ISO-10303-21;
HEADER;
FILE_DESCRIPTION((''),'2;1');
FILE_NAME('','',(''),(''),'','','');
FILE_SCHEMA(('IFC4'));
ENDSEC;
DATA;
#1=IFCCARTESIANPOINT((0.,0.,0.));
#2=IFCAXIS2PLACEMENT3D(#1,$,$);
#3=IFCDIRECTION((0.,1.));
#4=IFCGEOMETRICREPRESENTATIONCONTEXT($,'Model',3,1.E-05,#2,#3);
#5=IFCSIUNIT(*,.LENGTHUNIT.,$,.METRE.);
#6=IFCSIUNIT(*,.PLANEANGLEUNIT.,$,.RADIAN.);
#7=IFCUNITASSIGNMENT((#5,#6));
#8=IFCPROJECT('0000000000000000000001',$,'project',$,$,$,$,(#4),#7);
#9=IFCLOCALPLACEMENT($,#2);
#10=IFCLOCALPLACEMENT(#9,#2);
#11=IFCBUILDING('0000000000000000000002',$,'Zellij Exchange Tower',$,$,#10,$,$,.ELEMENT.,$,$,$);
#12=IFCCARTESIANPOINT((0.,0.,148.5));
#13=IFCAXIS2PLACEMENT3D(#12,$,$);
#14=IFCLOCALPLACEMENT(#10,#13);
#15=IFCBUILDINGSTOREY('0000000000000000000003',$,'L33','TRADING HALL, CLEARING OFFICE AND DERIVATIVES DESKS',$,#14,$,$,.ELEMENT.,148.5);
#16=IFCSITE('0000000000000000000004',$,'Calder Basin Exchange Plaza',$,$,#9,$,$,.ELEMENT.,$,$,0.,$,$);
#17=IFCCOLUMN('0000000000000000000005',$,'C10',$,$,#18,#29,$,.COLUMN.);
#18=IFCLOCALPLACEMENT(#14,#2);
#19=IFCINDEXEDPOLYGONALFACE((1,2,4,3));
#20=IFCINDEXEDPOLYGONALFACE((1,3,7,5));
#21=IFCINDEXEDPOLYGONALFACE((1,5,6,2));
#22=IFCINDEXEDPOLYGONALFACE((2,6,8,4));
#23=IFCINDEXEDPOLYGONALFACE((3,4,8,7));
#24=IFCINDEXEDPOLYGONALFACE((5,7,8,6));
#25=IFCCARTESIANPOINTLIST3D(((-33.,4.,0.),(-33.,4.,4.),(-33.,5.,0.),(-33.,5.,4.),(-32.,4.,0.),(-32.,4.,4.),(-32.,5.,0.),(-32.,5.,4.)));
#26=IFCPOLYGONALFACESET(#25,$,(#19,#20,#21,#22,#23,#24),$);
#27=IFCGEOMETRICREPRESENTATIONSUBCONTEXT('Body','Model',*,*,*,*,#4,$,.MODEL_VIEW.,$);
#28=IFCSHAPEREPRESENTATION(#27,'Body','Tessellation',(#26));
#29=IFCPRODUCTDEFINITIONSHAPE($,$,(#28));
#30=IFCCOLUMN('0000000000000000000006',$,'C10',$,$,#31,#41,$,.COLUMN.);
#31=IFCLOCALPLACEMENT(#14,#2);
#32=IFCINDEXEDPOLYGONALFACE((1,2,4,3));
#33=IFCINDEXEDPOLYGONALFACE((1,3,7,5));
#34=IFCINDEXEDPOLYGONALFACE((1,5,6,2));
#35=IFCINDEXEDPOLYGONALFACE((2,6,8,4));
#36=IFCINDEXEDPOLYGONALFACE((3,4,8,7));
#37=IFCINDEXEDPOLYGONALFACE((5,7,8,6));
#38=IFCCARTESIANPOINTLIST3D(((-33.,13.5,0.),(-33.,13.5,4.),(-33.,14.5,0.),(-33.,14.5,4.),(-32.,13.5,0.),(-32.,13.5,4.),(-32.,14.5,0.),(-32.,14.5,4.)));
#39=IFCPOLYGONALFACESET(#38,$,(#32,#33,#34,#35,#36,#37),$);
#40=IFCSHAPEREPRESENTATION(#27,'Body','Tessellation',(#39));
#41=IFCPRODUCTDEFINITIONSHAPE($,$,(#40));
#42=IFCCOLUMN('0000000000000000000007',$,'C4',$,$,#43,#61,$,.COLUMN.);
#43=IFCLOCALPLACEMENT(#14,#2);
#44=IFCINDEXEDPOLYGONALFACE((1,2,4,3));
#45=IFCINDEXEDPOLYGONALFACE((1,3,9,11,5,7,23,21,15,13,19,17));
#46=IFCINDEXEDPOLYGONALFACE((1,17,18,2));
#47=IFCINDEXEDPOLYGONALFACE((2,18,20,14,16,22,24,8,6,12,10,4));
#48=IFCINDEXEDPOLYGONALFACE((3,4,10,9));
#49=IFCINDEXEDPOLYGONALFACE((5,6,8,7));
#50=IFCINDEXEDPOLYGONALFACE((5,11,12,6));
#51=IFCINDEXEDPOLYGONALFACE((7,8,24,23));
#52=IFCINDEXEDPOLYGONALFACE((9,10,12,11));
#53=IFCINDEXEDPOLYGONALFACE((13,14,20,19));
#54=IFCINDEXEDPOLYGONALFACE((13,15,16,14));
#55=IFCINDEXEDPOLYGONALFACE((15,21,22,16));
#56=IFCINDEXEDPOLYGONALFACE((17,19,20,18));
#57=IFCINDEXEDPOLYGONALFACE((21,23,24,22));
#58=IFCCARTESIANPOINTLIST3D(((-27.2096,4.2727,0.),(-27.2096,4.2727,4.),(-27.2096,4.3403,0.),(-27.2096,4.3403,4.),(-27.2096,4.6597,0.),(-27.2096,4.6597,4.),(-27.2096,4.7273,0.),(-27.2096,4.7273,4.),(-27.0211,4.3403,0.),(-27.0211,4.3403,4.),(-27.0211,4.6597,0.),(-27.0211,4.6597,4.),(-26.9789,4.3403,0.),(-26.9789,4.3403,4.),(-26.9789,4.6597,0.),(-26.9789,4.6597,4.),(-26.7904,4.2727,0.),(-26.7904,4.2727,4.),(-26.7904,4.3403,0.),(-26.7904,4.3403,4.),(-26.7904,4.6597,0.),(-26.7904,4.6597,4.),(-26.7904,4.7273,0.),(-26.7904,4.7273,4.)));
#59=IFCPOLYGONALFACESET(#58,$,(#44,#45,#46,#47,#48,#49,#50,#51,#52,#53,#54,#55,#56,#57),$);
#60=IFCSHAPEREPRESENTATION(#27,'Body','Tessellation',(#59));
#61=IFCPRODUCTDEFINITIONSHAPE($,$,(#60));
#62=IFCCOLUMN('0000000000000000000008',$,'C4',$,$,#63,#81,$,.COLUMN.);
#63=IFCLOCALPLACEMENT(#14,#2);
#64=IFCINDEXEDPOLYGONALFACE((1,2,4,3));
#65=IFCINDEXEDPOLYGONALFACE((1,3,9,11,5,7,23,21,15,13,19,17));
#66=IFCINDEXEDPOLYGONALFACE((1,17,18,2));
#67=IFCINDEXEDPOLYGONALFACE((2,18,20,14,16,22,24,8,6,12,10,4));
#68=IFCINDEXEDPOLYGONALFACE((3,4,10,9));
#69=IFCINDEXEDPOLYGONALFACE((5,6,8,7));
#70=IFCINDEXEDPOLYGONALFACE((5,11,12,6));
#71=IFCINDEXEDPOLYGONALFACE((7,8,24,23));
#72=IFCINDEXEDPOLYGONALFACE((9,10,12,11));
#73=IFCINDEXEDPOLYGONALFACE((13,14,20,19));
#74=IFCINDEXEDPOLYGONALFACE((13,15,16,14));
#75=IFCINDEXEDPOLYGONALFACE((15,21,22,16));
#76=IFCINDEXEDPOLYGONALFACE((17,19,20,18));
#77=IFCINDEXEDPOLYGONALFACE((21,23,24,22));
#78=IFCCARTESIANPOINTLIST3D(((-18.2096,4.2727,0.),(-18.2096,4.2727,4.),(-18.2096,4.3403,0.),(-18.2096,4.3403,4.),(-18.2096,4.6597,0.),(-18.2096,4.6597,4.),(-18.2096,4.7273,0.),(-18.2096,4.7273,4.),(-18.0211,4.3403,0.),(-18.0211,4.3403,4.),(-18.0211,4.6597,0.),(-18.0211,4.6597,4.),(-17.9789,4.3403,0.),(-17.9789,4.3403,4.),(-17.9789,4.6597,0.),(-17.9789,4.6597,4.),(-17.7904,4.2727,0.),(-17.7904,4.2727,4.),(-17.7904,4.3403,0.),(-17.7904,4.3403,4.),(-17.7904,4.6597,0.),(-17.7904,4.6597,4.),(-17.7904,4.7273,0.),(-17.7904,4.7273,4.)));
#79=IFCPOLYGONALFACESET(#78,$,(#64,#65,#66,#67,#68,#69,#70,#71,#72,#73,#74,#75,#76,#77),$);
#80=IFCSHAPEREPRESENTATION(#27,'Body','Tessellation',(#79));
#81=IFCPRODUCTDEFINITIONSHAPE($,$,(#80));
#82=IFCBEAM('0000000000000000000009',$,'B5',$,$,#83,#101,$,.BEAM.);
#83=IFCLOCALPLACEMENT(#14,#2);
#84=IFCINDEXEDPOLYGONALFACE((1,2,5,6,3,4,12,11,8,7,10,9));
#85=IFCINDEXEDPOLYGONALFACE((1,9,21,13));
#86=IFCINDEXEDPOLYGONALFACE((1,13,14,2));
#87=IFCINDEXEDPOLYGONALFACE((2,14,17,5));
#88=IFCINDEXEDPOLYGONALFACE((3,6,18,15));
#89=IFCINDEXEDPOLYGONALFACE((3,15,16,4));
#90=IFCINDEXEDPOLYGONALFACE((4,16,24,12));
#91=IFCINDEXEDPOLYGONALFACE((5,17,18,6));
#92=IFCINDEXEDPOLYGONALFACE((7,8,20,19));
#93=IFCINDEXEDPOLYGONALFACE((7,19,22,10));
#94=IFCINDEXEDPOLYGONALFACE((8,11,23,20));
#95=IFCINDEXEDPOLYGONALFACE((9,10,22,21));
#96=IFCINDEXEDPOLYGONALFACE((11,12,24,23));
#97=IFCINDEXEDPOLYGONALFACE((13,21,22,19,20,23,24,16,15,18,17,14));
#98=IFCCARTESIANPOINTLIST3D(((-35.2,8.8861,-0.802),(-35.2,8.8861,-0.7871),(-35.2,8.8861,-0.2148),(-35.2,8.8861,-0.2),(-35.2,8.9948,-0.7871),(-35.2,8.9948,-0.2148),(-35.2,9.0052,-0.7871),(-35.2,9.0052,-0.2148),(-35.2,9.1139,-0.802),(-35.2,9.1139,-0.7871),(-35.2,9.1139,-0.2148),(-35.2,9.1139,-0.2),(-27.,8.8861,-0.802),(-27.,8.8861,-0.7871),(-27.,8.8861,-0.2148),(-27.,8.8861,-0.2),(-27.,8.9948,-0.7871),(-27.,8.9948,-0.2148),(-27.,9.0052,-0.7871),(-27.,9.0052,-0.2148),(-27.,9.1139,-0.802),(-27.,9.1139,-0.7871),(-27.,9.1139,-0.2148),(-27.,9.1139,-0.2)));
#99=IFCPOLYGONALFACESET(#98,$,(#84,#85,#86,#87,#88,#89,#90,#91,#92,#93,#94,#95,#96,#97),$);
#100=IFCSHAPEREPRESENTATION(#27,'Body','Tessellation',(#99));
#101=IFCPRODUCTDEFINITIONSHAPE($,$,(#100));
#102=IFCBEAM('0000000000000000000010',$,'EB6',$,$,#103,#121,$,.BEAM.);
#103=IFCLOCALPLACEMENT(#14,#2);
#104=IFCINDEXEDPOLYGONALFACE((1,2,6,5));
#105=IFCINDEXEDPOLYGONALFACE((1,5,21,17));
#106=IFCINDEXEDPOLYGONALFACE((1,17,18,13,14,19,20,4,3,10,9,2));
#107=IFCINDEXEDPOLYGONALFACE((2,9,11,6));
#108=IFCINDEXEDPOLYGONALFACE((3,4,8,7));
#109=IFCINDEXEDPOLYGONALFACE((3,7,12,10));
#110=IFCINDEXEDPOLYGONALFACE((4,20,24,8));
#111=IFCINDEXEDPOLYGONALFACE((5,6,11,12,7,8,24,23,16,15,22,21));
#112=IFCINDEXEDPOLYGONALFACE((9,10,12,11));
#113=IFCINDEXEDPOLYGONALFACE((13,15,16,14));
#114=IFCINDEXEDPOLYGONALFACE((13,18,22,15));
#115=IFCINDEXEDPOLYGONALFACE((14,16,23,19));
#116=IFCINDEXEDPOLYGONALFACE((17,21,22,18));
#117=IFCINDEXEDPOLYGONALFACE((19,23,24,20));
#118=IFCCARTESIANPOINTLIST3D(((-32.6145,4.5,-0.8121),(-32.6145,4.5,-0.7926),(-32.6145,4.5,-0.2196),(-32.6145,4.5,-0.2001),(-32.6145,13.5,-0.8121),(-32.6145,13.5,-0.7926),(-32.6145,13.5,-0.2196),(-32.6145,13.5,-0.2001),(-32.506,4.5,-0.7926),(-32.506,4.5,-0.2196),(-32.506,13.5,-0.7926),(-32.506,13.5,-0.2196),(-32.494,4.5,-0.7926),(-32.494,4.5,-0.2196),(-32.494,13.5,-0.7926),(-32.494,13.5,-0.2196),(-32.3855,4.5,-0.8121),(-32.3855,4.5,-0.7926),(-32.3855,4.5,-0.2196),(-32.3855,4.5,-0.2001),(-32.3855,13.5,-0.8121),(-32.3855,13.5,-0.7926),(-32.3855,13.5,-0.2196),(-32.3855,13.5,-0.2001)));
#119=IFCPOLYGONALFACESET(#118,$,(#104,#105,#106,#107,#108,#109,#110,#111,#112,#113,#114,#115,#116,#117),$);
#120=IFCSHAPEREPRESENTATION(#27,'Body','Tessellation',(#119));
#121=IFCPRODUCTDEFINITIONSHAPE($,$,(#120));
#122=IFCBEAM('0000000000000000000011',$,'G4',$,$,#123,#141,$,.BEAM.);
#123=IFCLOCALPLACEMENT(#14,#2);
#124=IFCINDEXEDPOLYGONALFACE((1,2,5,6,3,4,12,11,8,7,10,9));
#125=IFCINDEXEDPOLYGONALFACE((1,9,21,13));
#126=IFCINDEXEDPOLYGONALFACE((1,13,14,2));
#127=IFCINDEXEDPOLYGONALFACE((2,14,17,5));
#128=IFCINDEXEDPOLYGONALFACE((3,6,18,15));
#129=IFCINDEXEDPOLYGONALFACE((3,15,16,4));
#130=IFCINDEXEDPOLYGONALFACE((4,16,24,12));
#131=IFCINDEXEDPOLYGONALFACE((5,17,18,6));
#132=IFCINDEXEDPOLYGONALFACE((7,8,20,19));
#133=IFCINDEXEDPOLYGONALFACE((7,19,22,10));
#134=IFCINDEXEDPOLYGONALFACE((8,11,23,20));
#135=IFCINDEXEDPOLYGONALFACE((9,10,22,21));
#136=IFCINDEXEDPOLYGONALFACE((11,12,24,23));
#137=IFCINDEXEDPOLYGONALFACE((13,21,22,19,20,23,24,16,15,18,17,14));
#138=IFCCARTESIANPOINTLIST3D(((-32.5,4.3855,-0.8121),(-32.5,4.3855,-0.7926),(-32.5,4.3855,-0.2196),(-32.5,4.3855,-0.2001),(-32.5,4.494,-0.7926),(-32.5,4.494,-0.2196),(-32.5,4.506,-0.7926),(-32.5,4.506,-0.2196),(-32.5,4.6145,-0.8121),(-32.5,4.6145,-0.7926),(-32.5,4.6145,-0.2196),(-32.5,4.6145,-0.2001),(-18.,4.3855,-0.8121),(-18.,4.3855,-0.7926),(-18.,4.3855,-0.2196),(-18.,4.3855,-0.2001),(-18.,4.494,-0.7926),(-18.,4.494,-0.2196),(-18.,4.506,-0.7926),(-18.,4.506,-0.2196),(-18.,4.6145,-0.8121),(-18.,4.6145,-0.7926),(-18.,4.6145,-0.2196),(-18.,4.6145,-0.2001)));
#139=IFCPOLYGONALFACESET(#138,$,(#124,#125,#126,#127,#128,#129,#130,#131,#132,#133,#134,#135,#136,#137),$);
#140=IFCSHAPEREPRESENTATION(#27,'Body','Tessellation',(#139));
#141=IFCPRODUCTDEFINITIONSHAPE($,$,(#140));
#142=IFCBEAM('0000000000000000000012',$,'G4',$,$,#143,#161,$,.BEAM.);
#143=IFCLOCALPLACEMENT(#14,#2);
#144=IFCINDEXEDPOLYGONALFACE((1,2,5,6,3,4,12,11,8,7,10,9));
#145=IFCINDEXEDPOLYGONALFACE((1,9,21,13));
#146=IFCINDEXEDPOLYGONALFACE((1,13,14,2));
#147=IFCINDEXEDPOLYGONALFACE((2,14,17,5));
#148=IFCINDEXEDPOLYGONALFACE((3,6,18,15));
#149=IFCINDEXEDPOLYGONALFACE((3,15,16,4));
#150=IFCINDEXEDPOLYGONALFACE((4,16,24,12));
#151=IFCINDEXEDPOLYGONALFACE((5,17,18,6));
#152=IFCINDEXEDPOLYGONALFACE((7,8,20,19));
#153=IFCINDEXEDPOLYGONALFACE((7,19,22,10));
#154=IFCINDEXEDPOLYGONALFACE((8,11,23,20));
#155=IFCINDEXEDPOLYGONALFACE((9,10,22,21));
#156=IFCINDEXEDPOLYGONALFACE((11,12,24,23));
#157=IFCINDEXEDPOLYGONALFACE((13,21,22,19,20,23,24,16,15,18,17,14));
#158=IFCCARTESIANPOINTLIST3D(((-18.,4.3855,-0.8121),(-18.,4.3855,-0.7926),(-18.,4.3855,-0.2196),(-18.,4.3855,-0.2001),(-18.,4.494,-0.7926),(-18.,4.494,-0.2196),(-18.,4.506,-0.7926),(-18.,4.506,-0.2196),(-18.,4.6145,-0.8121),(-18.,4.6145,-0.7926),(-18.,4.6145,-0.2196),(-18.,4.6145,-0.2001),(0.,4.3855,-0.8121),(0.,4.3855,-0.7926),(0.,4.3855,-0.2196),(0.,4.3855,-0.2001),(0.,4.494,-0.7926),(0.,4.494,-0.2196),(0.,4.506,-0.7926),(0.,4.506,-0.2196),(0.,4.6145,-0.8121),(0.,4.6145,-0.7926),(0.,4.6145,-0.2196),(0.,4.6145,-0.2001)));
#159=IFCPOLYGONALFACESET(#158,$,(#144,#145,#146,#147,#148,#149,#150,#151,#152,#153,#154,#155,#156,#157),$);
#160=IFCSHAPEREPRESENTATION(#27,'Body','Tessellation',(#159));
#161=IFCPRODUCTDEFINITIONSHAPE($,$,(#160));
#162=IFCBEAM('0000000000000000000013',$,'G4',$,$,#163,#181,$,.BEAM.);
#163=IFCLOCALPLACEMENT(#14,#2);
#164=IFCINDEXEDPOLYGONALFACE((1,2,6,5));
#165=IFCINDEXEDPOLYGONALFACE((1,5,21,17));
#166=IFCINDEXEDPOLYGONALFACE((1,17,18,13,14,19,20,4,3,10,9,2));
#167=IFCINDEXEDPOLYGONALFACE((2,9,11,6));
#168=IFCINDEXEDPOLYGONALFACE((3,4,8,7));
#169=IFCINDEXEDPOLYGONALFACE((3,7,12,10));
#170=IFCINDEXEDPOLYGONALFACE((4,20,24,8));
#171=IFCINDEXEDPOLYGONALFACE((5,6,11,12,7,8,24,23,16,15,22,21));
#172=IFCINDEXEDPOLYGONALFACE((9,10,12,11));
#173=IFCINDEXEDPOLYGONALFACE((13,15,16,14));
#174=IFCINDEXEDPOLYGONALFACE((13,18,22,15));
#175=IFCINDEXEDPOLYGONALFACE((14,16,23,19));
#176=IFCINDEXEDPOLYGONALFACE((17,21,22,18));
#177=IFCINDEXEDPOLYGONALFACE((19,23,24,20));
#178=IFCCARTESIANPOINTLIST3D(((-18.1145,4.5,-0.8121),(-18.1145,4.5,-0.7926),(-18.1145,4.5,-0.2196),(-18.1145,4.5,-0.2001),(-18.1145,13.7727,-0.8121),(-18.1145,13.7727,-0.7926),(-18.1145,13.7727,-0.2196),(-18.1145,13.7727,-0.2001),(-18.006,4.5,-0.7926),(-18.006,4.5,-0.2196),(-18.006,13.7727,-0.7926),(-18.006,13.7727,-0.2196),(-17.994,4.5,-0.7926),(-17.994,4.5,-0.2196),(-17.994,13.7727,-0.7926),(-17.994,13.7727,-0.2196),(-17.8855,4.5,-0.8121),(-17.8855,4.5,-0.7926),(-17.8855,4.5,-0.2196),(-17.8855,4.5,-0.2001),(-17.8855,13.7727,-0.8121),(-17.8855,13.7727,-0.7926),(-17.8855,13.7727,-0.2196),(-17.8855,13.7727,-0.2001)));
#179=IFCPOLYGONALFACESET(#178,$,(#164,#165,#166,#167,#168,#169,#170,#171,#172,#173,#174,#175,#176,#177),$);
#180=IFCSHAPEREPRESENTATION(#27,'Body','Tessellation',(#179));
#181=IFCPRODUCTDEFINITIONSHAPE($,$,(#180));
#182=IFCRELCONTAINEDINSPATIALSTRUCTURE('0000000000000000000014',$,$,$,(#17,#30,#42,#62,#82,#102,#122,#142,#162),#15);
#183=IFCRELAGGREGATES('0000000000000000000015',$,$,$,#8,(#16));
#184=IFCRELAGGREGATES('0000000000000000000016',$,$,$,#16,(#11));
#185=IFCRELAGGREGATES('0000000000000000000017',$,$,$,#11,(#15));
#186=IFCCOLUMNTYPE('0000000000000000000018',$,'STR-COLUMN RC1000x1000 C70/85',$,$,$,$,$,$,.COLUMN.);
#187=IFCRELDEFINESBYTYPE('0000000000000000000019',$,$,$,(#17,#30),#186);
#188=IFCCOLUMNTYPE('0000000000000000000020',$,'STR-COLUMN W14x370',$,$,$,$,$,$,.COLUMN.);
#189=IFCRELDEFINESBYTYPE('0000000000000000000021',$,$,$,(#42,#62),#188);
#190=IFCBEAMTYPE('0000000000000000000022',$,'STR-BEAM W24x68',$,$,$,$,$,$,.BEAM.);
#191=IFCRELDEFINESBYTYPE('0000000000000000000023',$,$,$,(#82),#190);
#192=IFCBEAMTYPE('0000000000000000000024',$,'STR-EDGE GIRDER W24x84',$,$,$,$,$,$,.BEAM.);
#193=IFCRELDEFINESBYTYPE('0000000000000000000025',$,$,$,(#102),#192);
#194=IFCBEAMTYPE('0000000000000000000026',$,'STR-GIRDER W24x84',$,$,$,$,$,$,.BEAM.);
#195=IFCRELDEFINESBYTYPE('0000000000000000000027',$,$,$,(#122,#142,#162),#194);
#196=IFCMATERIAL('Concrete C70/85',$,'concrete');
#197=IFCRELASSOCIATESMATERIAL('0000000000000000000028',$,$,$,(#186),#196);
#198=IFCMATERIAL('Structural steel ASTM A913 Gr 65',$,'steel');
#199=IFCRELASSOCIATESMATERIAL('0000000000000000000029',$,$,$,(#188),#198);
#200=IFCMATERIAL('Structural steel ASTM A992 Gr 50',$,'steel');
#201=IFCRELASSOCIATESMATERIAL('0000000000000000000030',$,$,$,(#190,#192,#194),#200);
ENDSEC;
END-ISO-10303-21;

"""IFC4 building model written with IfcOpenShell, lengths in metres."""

from ifc_helpers import new_model, si_unit, direction, frame, origin, origin_2d, place, context, subcontext, project, spatial, rectangle, i_section, extrude, material, material_profile, profile_set, type_object, element, save


model = new_model("IFC4")

# Units and contexts
model_context = context("Model", 3, precision=1e-05, world=origin(), true_north=direction((0.0, 1.0)))
body_context = subcontext(model_context, "Body", "Model", "MODEL_VIEW")
ifc_project = project(units=[si_unit("LENGTHUNIT", "METRE"), si_unit("PLANEANGLEUNIT", "RADIAN")], contexts=[model_context])

# Site, building, storey
site_placement = place(None, origin())
site = spatial("IfcSite", under=ifc_project, at=site_placement, Name="Calder Basin Exchange Plaza", CompositionType="ELEMENT", RefElevation=0.0)
building_placement = place(site_placement, origin())
building = spatial("IfcBuilding", under=site, at=building_placement, Name="Zellij Exchange Tower", CompositionType="ELEMENT")
storey_placement = place(building_placement, frame((0.0, 0.0, 148.5)))
storey = spatial("IfcBuildingStorey", under=building, at=storey_placement, Name="L33", Description="TRADING HALL, CLEARING OFFICE AND DERIVATIVES DESKS", CompositionType="ELEMENT", Elevation=148.5)

# Columns
ifc_material_1 = material(Name="Concrete C70/85", Category="concrete")
ifc_material_profile_1 = material_profile(ifc_material_1, rectangle(XDim=1.0, YDim=1.0, at=origin_2d()), Name="STR-COLUMN RC1000x1000 C70/85")
ifc_profile_set_1 = profile_set([ifc_material_profile_1], Name="Concrete C70/85")
column_type_1 = type_object("IfcColumnType", Name="STR-COLUMN RC1000x1000 C70/85", PredefinedType="COLUMN", material=ifc_profile_set_1)
for number, where, z_axis, x_axis, name in (
    (1, (-32.5, 4.5, 0.0), (0.0, 0.0, 1.0), (1.0, 0.0, 0.0), "C10"),
    (2, (-32.5, 14.0, 0.0), (0.0, 0.0, 1.0), (1.0, 0.0, 0.0), "C10"),
):
    element("IfcColumn", number, at=place(storey_placement, frame(where, z_axis=z_axis, x_axis=x_axis)), inside=storey, type_object=column_type_1, Name=name, PredefinedType="COLUMN", context=body_context, shape_type="SweptSolid", body=[
        extrude(rectangle(XDim=1.0, YDim=1.0, at=origin_2d()), origin(), (0.0, 0.0, 1.0), 4.0),
    ])
ifc_material_2 = material(Name="Structural steel ASTM A913 Gr 65", Category="steel")
ifc_material_profile_2 = material_profile(ifc_material_2, i_section(OverallWidth=0.4192, OverallDepth=0.4546, WebThickness=0.0422, FlangeThickness=0.0676, at=origin_2d()), Name="W14x370")
ifc_profile_set_2 = profile_set([ifc_material_profile_2], Name="Structural steel ASTM A913 Gr 65")
column_type_2 = type_object("IfcColumnType", Name="STR-COLUMN W14x370", PredefinedType="COLUMN", material=ifc_profile_set_2)
for number, where, z_axis, x_axis, name in (
    (3, (-27.0, 4.5, 0.0), (0.0, 0.0, 1.0), (1.0, 0.0, 0.0), "C4"),
    (4, (-18.0, 4.5, 0.0), (0.0, 0.0, 1.0), (1.0, 0.0, 0.0), "C4"),
):
    element("IfcColumn", number, at=place(storey_placement, frame(where, z_axis=z_axis, x_axis=x_axis)), inside=storey, type_object=column_type_2, Name=name, PredefinedType="COLUMN", context=body_context, shape_type="SweptSolid", body=[
        extrude(i_section(OverallWidth=0.4192, OverallDepth=0.4546, WebThickness=0.0422, FlangeThickness=0.0676, at=origin_2d()), origin(), (0.0, 0.0, 1.0), 4.0),
    ])

# Beams
ifc_material_3 = material(Name="Structural steel ASTM A992 Gr 50", Category="steel")
ifc_material_profile_3 = material_profile(ifc_material_3, i_section(OverallWidth=0.2278, OverallDepth=0.6021, WebThickness=0.0105, FlangeThickness=0.0149, at=origin_2d()), Name="W24x68")
ifc_profile_set_3 = profile_set([ifc_material_profile_3], Name="Structural steel ASTM A992 Gr 50")
beam_type_1 = type_object("IfcBeamType", Name="STR-BEAM W24x68", PredefinedType="BEAM", material=ifc_profile_set_3)
beam_1_placement = place(storey_placement, frame((-35.2, 9.0, -0.501), z_axis=(1.0, 0.0, 0.0), x_axis=(0.0, 1.0, 0.0)))
element("IfcBeam", 5, at=beam_1_placement, inside=storey, type_object=beam_type_1, Name="B5", PredefinedType="BEAM", context=body_context, shape_type="SweptSolid", body=[
    extrude(i_section(OverallWidth=0.2278, OverallDepth=0.6021, WebThickness=0.0105, FlangeThickness=0.0149, at=origin_2d()), origin(), (0.0, 0.0, 1.0), 8.2),
])
ifc_material_profile_4 = material_profile(ifc_material_3, i_section(OverallWidth=0.229, OverallDepth=0.6121, WebThickness=0.012, FlangeThickness=0.0195, at=origin_2d()), Name="W24x84")
ifc_profile_set_4 = profile_set([ifc_material_profile_4], Name="Structural steel ASTM A992 Gr 50")
beam_type_2 = type_object("IfcBeamType", Name="STR-EDGE GIRDER W24x84", PredefinedType="BEAM", material=ifc_profile_set_4)
beam_2_placement = place(storey_placement, frame((-32.5, 4.5, -0.5061), z_axis=(0.0, 1.0, 0.0), x_axis=(-1.0, 0.0, 0.0)))
element("IfcBeam", 6, at=beam_2_placement, inside=storey, type_object=beam_type_2, Name="EB6", PredefinedType="BEAM", context=body_context, shape_type="SweptSolid", body=[
    extrude(i_section(OverallWidth=0.229, OverallDepth=0.6121, WebThickness=0.012, FlangeThickness=0.0195, at=origin_2d()), origin(), (0.0, 0.0, 1.0), 9.0),
])
ifc_material_profile_5 = material_profile(ifc_material_3, i_section(OverallWidth=0.229, OverallDepth=0.6121, WebThickness=0.012, FlangeThickness=0.0195, at=origin_2d()), Name="W24x84")
ifc_profile_set_5 = profile_set([ifc_material_profile_5], Name="Structural steel ASTM A992 Gr 50")
beam_type_3 = type_object("IfcBeamType", Name="STR-GIRDER W24x84", PredefinedType="BEAM", material=ifc_profile_set_5)
beam_3_placement = place(storey_placement, frame((-32.5, 4.5, -0.5061), z_axis=(1.0, 0.0, 0.0), x_axis=(0.0, 1.0, 0.0)))
element("IfcBeam", 7, at=beam_3_placement, inside=storey, type_object=beam_type_3, Name="G4", PredefinedType="BEAM", context=body_context, shape_type="SweptSolid", body=[
    extrude(i_section(OverallWidth=0.229, OverallDepth=0.6121, WebThickness=0.012, FlangeThickness=0.0195, at=origin_2d()), origin(), (0.0, 0.0, 1.0), 14.5),
])
beam_4_placement = place(storey_placement, frame((-18.0, 4.5, -0.5061), z_axis=(1.0, 0.0, 0.0), x_axis=(0.0, 1.0, 0.0)))
element("IfcBeam", 8, at=beam_4_placement, inside=storey, type_object=beam_type_3, Name="G4", PredefinedType="BEAM", context=body_context, shape_type="SweptSolid", body=[
    extrude(i_section(OverallWidth=0.229, OverallDepth=0.6121, WebThickness=0.012, FlangeThickness=0.0195, at=origin_2d()), origin(), (0.0, 0.0, 1.0), 18.0),
])
beam_5_placement = place(storey_placement, frame((-18.0, 4.5, -0.5061), z_axis=(0.0, 1.0, 0.0), x_axis=(-1.0, 0.0, 0.0)))
element("IfcBeam", 9, at=beam_5_placement, inside=storey, type_object=beam_type_3, Name="G4", PredefinedType="BEAM", context=body_context, shape_type="SweptSolid", body=[
    extrude(i_section(OverallWidth=0.229, OverallDepth=0.6121, WebThickness=0.012, FlangeThickness=0.0195, at=origin_2d()), origin(), (0.0, 0.0, 1.0), 9.2727),
])

save(model, "model.ifc")
